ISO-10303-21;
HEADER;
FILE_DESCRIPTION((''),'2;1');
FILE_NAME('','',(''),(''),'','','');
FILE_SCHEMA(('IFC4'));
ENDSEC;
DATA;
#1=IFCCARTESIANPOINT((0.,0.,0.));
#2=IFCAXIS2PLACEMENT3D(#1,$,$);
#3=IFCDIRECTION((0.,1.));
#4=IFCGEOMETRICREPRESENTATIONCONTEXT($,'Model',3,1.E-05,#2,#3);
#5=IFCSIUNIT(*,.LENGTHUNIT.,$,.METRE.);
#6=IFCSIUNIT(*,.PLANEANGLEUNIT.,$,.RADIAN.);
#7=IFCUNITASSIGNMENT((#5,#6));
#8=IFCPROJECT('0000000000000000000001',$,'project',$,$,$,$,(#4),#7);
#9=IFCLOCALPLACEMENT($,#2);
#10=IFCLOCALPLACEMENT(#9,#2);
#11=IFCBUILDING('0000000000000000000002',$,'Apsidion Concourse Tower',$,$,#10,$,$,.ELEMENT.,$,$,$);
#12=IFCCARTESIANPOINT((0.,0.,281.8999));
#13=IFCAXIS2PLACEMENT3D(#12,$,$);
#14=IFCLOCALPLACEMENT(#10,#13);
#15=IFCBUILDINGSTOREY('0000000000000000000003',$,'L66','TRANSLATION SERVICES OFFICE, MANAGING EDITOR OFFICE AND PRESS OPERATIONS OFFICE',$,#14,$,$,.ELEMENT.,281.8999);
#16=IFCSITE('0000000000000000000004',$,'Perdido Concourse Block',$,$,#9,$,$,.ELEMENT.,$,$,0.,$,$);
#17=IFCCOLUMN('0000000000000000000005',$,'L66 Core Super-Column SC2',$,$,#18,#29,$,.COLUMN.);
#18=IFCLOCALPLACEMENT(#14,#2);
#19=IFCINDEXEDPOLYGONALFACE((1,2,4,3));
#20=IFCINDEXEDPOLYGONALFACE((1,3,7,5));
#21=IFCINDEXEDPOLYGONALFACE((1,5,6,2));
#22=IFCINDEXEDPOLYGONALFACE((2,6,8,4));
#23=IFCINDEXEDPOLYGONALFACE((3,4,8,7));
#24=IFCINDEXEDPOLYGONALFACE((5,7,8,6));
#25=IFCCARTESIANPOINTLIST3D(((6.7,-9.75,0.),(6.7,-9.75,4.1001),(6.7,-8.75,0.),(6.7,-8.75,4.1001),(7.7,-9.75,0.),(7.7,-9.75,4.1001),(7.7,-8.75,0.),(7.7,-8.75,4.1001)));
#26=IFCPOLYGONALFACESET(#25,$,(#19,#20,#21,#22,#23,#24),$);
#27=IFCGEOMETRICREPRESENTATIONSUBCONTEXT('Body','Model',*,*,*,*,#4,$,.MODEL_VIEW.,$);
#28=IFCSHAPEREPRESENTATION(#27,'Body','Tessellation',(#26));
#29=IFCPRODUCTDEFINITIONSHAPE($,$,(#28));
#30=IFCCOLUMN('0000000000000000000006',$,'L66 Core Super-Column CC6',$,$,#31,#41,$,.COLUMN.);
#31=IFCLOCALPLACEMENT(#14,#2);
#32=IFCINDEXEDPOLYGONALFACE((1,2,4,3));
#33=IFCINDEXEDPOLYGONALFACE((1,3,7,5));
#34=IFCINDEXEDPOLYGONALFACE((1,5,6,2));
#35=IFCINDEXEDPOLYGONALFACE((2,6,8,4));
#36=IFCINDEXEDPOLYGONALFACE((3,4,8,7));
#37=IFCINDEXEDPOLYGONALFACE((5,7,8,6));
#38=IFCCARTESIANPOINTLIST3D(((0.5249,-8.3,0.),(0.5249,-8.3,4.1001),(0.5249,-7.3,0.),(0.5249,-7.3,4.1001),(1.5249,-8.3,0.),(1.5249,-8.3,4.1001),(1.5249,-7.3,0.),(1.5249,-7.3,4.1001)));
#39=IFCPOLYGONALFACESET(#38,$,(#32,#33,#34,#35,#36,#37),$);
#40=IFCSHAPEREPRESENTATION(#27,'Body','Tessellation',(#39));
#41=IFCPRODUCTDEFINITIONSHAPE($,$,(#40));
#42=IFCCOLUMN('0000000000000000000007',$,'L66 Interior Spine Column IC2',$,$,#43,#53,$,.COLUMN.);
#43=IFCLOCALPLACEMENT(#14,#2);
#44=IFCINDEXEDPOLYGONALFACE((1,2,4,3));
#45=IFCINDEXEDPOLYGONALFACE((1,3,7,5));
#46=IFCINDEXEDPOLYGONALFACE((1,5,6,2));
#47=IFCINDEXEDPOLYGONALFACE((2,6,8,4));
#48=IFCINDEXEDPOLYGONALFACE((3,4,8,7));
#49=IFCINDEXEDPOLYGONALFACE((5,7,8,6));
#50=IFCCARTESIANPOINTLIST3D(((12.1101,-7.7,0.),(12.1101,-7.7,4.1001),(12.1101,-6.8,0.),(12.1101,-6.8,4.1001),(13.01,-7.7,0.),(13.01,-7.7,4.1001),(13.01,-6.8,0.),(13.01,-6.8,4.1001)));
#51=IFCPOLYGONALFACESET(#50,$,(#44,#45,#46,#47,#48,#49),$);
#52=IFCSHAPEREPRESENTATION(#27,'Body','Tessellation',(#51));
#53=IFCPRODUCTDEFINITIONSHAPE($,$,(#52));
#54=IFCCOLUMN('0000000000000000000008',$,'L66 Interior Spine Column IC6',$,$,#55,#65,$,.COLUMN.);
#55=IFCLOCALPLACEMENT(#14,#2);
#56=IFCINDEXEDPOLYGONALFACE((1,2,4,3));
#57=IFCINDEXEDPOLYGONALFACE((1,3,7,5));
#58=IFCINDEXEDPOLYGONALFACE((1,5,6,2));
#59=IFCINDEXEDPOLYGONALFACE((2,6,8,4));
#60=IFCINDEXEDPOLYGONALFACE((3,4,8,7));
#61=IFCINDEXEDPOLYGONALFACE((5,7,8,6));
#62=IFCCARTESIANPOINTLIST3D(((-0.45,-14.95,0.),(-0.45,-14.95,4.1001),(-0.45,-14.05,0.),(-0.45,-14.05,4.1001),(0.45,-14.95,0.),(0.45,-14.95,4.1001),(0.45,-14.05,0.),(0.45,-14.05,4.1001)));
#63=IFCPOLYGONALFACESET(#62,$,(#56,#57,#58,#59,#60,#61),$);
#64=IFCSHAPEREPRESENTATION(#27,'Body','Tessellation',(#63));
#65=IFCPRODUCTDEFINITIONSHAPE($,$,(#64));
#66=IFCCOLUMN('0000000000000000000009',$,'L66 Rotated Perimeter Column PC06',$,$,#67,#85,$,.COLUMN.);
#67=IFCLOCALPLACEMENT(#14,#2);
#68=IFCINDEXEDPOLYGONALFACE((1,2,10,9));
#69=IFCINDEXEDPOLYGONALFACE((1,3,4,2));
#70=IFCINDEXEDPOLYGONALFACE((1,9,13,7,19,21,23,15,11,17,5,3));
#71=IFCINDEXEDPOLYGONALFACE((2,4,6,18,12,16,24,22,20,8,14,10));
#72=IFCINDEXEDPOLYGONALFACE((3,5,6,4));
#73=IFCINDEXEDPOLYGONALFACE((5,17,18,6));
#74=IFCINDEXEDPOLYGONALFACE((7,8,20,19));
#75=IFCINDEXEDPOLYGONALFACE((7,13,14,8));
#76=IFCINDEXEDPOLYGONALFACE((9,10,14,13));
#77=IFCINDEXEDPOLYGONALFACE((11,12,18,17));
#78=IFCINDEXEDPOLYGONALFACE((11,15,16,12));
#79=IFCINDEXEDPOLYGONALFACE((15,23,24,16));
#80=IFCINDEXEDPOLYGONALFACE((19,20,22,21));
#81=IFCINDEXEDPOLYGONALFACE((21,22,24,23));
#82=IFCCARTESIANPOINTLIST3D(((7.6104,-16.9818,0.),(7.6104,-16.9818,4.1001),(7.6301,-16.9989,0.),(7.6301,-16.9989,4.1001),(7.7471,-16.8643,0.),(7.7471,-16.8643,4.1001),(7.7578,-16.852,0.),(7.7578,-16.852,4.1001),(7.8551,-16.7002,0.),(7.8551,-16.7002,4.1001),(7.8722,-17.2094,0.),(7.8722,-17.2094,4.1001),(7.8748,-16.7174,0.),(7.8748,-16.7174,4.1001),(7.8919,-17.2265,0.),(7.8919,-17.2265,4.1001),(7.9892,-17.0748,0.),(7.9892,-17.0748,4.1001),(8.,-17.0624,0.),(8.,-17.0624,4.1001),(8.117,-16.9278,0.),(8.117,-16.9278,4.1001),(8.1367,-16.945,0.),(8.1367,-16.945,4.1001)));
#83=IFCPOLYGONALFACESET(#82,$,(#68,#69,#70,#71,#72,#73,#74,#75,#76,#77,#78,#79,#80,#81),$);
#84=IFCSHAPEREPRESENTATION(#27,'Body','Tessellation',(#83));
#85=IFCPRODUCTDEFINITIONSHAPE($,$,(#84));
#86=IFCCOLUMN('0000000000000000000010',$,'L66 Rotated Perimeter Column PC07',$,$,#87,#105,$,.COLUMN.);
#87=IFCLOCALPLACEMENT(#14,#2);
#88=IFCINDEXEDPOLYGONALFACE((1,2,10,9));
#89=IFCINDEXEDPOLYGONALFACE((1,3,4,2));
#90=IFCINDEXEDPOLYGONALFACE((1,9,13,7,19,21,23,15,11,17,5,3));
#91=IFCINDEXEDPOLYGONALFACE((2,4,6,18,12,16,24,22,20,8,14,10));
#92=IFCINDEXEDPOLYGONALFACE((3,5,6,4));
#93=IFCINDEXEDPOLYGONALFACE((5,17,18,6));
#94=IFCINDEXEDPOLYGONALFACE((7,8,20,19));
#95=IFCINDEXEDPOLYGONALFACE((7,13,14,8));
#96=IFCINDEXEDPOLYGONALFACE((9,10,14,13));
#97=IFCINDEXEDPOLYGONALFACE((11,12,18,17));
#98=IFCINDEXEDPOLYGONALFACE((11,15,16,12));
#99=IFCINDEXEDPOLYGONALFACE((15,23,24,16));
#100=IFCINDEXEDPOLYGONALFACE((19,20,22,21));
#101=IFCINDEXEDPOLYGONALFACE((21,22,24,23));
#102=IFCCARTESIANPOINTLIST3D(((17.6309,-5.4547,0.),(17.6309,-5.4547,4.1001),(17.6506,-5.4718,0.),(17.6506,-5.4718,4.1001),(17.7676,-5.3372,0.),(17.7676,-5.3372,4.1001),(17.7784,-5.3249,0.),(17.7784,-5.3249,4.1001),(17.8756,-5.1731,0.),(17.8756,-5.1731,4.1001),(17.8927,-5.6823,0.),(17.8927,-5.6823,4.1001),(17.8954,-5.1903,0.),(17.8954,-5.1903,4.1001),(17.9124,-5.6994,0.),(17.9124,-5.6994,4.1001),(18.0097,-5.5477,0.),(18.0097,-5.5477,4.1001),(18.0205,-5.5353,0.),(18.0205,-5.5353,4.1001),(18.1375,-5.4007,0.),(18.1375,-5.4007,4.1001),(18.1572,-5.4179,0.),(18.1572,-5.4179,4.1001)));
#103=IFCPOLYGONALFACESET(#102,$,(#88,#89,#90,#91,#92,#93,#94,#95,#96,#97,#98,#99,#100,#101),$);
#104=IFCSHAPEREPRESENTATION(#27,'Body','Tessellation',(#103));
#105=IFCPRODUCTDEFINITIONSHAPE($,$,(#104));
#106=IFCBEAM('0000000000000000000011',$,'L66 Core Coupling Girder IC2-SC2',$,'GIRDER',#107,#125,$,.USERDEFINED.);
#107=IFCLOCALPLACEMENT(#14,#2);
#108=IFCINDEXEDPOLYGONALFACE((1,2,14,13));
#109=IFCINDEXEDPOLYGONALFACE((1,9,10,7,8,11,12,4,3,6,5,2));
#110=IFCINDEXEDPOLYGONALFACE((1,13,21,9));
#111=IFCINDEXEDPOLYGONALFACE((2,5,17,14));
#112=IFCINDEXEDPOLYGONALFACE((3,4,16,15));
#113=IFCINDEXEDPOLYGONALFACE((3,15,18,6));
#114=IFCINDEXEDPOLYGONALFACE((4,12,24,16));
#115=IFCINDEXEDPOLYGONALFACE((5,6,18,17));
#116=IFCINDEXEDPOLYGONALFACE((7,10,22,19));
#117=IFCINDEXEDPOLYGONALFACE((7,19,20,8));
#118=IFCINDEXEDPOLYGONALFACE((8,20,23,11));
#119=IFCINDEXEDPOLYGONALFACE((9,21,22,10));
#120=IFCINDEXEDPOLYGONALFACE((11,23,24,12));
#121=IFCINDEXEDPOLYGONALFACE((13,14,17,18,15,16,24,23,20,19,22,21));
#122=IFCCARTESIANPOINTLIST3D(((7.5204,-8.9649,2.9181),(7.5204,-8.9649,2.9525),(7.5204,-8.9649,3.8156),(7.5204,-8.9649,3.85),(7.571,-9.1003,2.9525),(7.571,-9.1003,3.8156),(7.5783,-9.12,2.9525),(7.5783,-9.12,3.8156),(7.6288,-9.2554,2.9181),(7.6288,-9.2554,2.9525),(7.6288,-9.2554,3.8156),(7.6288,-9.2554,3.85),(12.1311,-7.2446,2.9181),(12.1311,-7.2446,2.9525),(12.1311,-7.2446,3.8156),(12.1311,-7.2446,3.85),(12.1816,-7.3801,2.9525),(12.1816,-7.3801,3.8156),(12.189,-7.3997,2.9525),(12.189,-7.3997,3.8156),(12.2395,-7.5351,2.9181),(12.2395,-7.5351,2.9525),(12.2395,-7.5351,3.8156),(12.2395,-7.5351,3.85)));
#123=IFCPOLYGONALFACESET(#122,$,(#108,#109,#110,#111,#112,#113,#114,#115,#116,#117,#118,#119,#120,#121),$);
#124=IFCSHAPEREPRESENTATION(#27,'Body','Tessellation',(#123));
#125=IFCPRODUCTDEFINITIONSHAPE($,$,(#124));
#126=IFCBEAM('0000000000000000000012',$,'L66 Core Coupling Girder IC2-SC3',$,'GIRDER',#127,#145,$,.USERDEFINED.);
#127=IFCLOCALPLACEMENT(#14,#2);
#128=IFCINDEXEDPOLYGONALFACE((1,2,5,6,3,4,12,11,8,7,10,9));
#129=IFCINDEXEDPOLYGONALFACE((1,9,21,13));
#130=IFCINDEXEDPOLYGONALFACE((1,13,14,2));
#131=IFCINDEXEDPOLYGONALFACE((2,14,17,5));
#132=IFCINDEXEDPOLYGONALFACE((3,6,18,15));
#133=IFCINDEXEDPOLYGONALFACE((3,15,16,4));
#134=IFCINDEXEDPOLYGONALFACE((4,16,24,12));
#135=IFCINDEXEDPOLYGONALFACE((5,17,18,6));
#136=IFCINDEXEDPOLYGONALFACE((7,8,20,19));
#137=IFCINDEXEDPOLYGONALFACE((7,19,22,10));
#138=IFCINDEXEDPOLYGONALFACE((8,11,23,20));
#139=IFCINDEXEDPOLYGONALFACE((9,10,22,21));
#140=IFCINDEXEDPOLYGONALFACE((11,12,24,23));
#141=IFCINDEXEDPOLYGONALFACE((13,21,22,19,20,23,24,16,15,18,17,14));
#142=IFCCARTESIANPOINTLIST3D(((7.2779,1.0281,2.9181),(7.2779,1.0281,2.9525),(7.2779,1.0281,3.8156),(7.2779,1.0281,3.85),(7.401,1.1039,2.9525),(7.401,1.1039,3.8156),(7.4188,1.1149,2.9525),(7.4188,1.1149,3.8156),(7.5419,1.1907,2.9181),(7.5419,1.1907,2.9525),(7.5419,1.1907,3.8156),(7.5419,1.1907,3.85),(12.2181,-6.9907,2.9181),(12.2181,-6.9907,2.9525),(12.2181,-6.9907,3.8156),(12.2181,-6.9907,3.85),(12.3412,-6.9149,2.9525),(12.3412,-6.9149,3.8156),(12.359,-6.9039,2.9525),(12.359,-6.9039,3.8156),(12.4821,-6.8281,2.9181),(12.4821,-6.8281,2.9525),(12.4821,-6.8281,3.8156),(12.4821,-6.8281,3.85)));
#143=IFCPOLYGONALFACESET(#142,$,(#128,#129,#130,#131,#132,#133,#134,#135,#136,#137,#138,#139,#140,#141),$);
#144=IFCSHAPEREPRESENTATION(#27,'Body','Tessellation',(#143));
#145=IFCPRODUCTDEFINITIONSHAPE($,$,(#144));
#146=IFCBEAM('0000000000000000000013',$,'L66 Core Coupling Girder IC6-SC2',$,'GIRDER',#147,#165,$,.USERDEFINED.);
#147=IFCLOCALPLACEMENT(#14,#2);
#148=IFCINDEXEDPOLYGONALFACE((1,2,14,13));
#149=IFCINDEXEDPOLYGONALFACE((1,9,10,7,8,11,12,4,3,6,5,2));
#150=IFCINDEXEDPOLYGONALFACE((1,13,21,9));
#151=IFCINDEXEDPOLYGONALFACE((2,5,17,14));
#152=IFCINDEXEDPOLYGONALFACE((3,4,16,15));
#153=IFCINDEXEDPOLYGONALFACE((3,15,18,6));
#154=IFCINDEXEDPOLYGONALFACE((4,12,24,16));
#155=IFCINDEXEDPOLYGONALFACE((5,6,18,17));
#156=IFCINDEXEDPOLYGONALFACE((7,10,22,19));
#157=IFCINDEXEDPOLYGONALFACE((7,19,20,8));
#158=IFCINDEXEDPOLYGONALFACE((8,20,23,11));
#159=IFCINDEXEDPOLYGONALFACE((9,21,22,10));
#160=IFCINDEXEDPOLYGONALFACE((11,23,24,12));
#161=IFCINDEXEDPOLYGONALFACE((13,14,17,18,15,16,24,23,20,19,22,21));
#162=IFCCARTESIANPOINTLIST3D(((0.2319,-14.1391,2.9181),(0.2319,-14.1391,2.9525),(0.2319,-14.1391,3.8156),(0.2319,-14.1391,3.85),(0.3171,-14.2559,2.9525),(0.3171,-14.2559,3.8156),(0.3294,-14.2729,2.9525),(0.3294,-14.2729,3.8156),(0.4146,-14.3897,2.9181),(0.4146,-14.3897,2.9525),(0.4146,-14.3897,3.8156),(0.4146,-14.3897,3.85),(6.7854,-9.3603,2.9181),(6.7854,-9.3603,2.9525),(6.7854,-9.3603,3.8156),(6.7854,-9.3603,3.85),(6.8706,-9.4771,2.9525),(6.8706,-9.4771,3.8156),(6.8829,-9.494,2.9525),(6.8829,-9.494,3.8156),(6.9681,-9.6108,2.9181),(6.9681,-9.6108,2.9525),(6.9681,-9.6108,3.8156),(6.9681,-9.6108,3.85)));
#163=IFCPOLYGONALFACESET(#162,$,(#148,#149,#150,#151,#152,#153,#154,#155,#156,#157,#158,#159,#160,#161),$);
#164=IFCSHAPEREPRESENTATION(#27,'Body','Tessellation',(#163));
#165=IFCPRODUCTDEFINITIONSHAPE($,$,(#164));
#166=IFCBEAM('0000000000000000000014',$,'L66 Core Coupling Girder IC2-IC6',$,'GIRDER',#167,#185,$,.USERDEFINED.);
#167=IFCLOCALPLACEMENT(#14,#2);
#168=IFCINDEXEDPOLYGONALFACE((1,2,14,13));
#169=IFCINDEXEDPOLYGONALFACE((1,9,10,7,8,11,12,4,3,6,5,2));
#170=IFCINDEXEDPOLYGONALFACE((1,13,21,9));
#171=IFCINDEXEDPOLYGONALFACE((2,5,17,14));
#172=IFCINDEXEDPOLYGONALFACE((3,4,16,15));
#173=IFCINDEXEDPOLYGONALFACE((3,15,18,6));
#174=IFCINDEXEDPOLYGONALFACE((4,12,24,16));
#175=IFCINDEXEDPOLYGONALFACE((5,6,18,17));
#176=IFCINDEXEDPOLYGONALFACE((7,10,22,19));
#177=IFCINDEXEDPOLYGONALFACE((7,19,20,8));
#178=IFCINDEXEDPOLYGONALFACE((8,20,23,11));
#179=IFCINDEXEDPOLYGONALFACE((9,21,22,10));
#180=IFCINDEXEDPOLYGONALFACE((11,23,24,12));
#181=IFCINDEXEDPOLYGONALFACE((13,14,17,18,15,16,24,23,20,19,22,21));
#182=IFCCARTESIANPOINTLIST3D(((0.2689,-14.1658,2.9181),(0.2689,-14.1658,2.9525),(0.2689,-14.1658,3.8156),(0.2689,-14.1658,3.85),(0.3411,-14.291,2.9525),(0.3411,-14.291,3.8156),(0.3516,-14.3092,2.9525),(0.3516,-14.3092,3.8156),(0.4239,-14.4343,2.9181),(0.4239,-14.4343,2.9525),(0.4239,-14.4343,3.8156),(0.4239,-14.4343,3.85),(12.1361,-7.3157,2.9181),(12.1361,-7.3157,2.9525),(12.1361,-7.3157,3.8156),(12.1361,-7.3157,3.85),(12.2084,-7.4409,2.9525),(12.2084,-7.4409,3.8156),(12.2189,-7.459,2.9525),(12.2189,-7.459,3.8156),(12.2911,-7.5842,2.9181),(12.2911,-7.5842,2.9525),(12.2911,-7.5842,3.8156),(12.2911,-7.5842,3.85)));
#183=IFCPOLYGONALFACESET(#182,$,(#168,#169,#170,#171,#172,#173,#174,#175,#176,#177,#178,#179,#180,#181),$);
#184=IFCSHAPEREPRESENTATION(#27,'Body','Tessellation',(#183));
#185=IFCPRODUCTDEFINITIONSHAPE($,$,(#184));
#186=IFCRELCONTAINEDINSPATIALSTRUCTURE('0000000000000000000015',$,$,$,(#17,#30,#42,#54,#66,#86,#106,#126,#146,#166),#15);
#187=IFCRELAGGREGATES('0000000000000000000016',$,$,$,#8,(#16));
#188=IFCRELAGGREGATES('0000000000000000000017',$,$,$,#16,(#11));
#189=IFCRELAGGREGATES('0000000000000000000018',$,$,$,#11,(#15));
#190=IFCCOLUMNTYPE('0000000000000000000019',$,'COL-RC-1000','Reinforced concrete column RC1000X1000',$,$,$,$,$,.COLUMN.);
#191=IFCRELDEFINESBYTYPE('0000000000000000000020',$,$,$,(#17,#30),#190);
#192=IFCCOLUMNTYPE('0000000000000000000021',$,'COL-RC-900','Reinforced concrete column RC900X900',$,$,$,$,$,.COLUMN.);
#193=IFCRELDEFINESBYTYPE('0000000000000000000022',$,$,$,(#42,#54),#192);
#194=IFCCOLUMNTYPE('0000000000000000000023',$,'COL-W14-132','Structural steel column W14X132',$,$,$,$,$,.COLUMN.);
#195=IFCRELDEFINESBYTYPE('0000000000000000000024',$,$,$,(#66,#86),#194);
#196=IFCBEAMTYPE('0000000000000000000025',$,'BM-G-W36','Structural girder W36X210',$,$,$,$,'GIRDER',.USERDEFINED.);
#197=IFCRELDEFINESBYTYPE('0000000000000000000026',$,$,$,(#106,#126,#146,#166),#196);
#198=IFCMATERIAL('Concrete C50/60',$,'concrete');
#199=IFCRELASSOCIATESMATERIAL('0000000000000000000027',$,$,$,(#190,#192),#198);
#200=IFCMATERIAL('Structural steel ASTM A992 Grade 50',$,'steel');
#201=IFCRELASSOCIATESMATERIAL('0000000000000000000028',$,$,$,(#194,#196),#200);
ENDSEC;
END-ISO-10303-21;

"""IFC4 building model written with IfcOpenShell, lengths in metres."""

from ifc_helpers import new_model, si_unit, direction, frame, origin, origin_2d, place, context, subcontext, project, spatial, rectangle, i_section, extrude, material, material_profile, profile_set, type_object, element, save


model = new_model("IFC4")

# Units and contexts
model_context = context("Model", 3, precision=1e-05, world=origin(), true_north=direction((0.0, 1.0)))
body_context = subcontext(model_context, "Body", "Model", "MODEL_VIEW")
ifc_project = project(units=[si_unit("LENGTHUNIT", "METRE"), si_unit("PLANEANGLEUNIT", "RADIAN")], contexts=[model_context])

# Site, building, storey
site_placement = place(None, origin())
site = spatial("IfcSite", under=ifc_project, at=site_placement, Name="Perdido Concourse Block", CompositionType="ELEMENT", RefElevation=0.0)
building_placement = place(site_placement, origin())
building = spatial("IfcBuilding", under=site, at=building_placement, Name="Apsidion Concourse Tower", CompositionType="ELEMENT")
storey_placement = place(building_placement, frame((0.0, 0.0, 281.8999)))
storey = spatial("IfcBuildingStorey", under=building, at=storey_placement, Name="L66", Description="TRANSLATION SERVICES OFFICE, MANAGING EDITOR OFFICE AND PRESS OPERATIONS OFFICE", CompositionType="ELEMENT", Elevation=281.8999)

# Columns
ifc_material_1 = material(Name="Concrete C50/60", Category="concrete")
ifc_material_profile_1 = material_profile(ifc_material_1, rectangle(XDim=1.0, YDim=1.0, at=origin_2d()), Name="RC 1000x1000")
ifc_profile_set_1 = profile_set([ifc_material_profile_1], Name="Concrete C50/60")
column_type_1 = type_object("IfcColumnType", Name="COL-RC-1000", Description="Reinforced concrete column RC1000X1000", PredefinedType="COLUMN", material=ifc_profile_set_1)
for number, where, z_axis, x_axis, name in (
    (1, (7.2, -9.25, 0.0), (0.0, 0.0, 1.0), (1.0, 0.0, 0.0), "L66 Core Super-Column SC2"),
    (2, (1.0249, -7.8, 0.0), (0.0, 0.0, 1.0), (1.0, 0.0, 0.0), "L66 Core Super-Column CC6"),
):
    element("IfcColumn", number, at=place(storey_placement, frame(where, z_axis=z_axis, x_axis=x_axis)), inside=storey, type_object=column_type_1, Name=name, PredefinedType="COLUMN", context=body_context, shape_type="SweptSolid", body=[
        extrude(rectangle(XDim=1.0, YDim=1.0, at=origin_2d()), origin(), (0.0, 0.0, 1.0), 4.1001),
    ])
ifc_material_profile_2 = material_profile(ifc_material_1, rectangle(XDim=0.8999, YDim=0.8999, at=origin_2d()), Name="RC 900x900")
ifc_profile_set_2 = profile_set([ifc_material_profile_2], Name="Concrete C50/60")
column_type_2 = type_object("IfcColumnType", Name="COL-RC-900", Description="Reinforced concrete column RC900X900", PredefinedType="COLUMN", material=ifc_profile_set_2)
for number, where, z_axis, x_axis, name in (
    (3, (12.5601, -7.25, 0.0), (0.0, 0.0, 1.0), (1.0, 0.0, 0.0), "L66 Interior Spine Column IC2"),
    (4, (0.0, -14.5, 0.0), (0.0, 0.0, 1.0), (1.0, 0.0, 0.0), "L66 Interior Spine Column IC6"),
):
    element("IfcColumn", number, at=place(storey_placement, frame(where, z_axis=z_axis, x_axis=x_axis)), inside=storey, type_object=column_type_2, Name=name, PredefinedType="COLUMN", context=body_context, shape_type="SweptSolid", body=[
        extrude(rectangle(XDim=0.8999, YDim=0.8999, at=origin_2d()), origin(), (0.0, 0.0, 1.0), 4.1001),
    ])
ifc_material_2 = material(Name="Structural steel ASTM A992 Grade 50", Category="steel")
ifc_material_profile_3 = material_profile(ifc_material_2, i_section(OverallWidth=0.373, OverallDepth=0.373, WebThickness=0.0164, FlangeThickness=0.0261, at=origin_2d()), Name="W14X132")
ifc_profile_set_3 = profile_set([ifc_material_profile_3], Name="Structural steel ASTM A992 Grade 50")
column_type_3 = type_object("IfcColumnType", Name="COL-W14-132", Description="Structural steel column W14X132", PredefinedType="COLUMN", material=ifc_profile_set_3)
for number, where, z_axis, x_axis, name in (
    (5, (7.8735, -16.9634, 0.0), (0.0, 0.0, 1.0), (0.656059, 0.75471, 0.0), "L66 Rotated Perimeter Column PC06"),
    (6, (17.894, -5.4363, 0.0), (0.0, 0.0, 1.0), (0.656059, 0.75471, 0.0), "L66 Rotated Perimeter Column PC07"),
):
    element("IfcColumn", number, at=place(storey_placement, frame(where, z_axis=z_axis, x_axis=x_axis)), inside=storey, type_object=column_type_3, Name=name, PredefinedType="COLUMN", context=body_context, shape_type="SweptSolid", body=[
        extrude(i_section(OverallWidth=0.373, OverallDepth=0.373, WebThickness=0.0164, FlangeThickness=0.0261, at=origin_2d()), origin(), (0.0, 0.0, 1.0), 4.1001),
    ])

# Beams
ifc_material_profile_4 = material_profile(ifc_material_2, i_section(OverallWidth=0.3101, OverallDepth=0.9319, WebThickness=0.021, FlangeThickness=0.0344, at=origin_2d()), Name="W36X210")
ifc_profile_set_4 = profile_set([ifc_material_profile_4], Name="Structural steel ASTM A992 Grade 50")
beam_type_1 = type_object("IfcBeamType", Name="BM-G-W36", Description="Structural girder W36X210", ElementType="GIRDER", PredefinedType="USERDEFINED", material=ifc_profile_set_4)
beam_1_placement = place(storey_placement, frame((12.1853, -7.3899, 3.384), z_axis=(-0.936913, -0.349563, 0.0), x_axis=(0.349563, -0.936913, 0.0)))
element("IfcBeam", 7, at=beam_1_placement, inside=storey, type_object=beam_type_1, Name="L66 Core Coupling Girder IC2-SC2", ObjectType="GIRDER", PredefinedType="USERDEFINED", context=body_context, shape_type="SweptSolid", body=[
    extrude(i_section(OverallWidth=0.3101, OverallDepth=0.9319, WebThickness=0.021, FlangeThickness=0.0344, at=origin_2d()), origin(), (0.0, 0.0, 1.0), 4.9211),
])
beam_2_placement = place(storey_placement, frame((12.3501, -6.9094, 3.384), z_axis=(-0.524524, 0.851396, 0.0), x_axis=(-0.851396, -0.524524, 0.0)))
element("IfcBeam", 8, at=beam_2_placement, inside=storey, type_object=beam_type_1, Name="L66 Core Coupling Girder IC2-SC3", ObjectType="GIRDER", PredefinedType="USERDEFINED", context=body_context, shape_type="SweptSolid", body=[
    extrude(i_section(OverallWidth=0.3101, OverallDepth=0.9319, WebThickness=0.021, FlangeThickness=0.0344, at=origin_2d()), origin(), (0.0, 0.0, 1.0), 9.4185),
])
beam_3_placement = place(storey_placement, frame((0.3232, -14.2644, 3.384), z_axis=(0.807993, 0.589191, 0.0), x_axis=(-0.589191, 0.807993, 0.0)))
element("IfcBeam", 9, at=beam_3_placement, inside=storey, type_object=beam_type_1, Name="L66 Core Coupling Girder IC6-SC2", ObjectType="GIRDER", PredefinedType="USERDEFINED", context=body_context, shape_type="SweptSolid", body=[
    extrude(i_section(OverallWidth=0.3101, OverallDepth=0.9319, WebThickness=0.021, FlangeThickness=0.0344, at=origin_2d()), origin(), (0.0, 0.0, 1.0), 8.1108),
])
beam_4_placement = place(storey_placement, frame((12.2136, -7.45, 3.384), z_axis=(-0.86607, -0.499922, 0.0), x_axis=(0.499922, -0.86607, 0.0)))
element("IfcBeam", 10, at=beam_4_placement, inside=storey, type_object=beam_type_1, Name="L66 Core Coupling Girder IC2-IC6", ObjectType="GIRDER", PredefinedType="USERDEFINED", context=body_context, shape_type="SweptSolid", body=[
    extrude(i_section(OverallWidth=0.3101, OverallDepth=0.9319, WebThickness=0.021, FlangeThickness=0.0344, at=origin_2d()), origin(), (0.0, 0.0, 1.0), 13.7024),
])

save(model, "model.ifc")
